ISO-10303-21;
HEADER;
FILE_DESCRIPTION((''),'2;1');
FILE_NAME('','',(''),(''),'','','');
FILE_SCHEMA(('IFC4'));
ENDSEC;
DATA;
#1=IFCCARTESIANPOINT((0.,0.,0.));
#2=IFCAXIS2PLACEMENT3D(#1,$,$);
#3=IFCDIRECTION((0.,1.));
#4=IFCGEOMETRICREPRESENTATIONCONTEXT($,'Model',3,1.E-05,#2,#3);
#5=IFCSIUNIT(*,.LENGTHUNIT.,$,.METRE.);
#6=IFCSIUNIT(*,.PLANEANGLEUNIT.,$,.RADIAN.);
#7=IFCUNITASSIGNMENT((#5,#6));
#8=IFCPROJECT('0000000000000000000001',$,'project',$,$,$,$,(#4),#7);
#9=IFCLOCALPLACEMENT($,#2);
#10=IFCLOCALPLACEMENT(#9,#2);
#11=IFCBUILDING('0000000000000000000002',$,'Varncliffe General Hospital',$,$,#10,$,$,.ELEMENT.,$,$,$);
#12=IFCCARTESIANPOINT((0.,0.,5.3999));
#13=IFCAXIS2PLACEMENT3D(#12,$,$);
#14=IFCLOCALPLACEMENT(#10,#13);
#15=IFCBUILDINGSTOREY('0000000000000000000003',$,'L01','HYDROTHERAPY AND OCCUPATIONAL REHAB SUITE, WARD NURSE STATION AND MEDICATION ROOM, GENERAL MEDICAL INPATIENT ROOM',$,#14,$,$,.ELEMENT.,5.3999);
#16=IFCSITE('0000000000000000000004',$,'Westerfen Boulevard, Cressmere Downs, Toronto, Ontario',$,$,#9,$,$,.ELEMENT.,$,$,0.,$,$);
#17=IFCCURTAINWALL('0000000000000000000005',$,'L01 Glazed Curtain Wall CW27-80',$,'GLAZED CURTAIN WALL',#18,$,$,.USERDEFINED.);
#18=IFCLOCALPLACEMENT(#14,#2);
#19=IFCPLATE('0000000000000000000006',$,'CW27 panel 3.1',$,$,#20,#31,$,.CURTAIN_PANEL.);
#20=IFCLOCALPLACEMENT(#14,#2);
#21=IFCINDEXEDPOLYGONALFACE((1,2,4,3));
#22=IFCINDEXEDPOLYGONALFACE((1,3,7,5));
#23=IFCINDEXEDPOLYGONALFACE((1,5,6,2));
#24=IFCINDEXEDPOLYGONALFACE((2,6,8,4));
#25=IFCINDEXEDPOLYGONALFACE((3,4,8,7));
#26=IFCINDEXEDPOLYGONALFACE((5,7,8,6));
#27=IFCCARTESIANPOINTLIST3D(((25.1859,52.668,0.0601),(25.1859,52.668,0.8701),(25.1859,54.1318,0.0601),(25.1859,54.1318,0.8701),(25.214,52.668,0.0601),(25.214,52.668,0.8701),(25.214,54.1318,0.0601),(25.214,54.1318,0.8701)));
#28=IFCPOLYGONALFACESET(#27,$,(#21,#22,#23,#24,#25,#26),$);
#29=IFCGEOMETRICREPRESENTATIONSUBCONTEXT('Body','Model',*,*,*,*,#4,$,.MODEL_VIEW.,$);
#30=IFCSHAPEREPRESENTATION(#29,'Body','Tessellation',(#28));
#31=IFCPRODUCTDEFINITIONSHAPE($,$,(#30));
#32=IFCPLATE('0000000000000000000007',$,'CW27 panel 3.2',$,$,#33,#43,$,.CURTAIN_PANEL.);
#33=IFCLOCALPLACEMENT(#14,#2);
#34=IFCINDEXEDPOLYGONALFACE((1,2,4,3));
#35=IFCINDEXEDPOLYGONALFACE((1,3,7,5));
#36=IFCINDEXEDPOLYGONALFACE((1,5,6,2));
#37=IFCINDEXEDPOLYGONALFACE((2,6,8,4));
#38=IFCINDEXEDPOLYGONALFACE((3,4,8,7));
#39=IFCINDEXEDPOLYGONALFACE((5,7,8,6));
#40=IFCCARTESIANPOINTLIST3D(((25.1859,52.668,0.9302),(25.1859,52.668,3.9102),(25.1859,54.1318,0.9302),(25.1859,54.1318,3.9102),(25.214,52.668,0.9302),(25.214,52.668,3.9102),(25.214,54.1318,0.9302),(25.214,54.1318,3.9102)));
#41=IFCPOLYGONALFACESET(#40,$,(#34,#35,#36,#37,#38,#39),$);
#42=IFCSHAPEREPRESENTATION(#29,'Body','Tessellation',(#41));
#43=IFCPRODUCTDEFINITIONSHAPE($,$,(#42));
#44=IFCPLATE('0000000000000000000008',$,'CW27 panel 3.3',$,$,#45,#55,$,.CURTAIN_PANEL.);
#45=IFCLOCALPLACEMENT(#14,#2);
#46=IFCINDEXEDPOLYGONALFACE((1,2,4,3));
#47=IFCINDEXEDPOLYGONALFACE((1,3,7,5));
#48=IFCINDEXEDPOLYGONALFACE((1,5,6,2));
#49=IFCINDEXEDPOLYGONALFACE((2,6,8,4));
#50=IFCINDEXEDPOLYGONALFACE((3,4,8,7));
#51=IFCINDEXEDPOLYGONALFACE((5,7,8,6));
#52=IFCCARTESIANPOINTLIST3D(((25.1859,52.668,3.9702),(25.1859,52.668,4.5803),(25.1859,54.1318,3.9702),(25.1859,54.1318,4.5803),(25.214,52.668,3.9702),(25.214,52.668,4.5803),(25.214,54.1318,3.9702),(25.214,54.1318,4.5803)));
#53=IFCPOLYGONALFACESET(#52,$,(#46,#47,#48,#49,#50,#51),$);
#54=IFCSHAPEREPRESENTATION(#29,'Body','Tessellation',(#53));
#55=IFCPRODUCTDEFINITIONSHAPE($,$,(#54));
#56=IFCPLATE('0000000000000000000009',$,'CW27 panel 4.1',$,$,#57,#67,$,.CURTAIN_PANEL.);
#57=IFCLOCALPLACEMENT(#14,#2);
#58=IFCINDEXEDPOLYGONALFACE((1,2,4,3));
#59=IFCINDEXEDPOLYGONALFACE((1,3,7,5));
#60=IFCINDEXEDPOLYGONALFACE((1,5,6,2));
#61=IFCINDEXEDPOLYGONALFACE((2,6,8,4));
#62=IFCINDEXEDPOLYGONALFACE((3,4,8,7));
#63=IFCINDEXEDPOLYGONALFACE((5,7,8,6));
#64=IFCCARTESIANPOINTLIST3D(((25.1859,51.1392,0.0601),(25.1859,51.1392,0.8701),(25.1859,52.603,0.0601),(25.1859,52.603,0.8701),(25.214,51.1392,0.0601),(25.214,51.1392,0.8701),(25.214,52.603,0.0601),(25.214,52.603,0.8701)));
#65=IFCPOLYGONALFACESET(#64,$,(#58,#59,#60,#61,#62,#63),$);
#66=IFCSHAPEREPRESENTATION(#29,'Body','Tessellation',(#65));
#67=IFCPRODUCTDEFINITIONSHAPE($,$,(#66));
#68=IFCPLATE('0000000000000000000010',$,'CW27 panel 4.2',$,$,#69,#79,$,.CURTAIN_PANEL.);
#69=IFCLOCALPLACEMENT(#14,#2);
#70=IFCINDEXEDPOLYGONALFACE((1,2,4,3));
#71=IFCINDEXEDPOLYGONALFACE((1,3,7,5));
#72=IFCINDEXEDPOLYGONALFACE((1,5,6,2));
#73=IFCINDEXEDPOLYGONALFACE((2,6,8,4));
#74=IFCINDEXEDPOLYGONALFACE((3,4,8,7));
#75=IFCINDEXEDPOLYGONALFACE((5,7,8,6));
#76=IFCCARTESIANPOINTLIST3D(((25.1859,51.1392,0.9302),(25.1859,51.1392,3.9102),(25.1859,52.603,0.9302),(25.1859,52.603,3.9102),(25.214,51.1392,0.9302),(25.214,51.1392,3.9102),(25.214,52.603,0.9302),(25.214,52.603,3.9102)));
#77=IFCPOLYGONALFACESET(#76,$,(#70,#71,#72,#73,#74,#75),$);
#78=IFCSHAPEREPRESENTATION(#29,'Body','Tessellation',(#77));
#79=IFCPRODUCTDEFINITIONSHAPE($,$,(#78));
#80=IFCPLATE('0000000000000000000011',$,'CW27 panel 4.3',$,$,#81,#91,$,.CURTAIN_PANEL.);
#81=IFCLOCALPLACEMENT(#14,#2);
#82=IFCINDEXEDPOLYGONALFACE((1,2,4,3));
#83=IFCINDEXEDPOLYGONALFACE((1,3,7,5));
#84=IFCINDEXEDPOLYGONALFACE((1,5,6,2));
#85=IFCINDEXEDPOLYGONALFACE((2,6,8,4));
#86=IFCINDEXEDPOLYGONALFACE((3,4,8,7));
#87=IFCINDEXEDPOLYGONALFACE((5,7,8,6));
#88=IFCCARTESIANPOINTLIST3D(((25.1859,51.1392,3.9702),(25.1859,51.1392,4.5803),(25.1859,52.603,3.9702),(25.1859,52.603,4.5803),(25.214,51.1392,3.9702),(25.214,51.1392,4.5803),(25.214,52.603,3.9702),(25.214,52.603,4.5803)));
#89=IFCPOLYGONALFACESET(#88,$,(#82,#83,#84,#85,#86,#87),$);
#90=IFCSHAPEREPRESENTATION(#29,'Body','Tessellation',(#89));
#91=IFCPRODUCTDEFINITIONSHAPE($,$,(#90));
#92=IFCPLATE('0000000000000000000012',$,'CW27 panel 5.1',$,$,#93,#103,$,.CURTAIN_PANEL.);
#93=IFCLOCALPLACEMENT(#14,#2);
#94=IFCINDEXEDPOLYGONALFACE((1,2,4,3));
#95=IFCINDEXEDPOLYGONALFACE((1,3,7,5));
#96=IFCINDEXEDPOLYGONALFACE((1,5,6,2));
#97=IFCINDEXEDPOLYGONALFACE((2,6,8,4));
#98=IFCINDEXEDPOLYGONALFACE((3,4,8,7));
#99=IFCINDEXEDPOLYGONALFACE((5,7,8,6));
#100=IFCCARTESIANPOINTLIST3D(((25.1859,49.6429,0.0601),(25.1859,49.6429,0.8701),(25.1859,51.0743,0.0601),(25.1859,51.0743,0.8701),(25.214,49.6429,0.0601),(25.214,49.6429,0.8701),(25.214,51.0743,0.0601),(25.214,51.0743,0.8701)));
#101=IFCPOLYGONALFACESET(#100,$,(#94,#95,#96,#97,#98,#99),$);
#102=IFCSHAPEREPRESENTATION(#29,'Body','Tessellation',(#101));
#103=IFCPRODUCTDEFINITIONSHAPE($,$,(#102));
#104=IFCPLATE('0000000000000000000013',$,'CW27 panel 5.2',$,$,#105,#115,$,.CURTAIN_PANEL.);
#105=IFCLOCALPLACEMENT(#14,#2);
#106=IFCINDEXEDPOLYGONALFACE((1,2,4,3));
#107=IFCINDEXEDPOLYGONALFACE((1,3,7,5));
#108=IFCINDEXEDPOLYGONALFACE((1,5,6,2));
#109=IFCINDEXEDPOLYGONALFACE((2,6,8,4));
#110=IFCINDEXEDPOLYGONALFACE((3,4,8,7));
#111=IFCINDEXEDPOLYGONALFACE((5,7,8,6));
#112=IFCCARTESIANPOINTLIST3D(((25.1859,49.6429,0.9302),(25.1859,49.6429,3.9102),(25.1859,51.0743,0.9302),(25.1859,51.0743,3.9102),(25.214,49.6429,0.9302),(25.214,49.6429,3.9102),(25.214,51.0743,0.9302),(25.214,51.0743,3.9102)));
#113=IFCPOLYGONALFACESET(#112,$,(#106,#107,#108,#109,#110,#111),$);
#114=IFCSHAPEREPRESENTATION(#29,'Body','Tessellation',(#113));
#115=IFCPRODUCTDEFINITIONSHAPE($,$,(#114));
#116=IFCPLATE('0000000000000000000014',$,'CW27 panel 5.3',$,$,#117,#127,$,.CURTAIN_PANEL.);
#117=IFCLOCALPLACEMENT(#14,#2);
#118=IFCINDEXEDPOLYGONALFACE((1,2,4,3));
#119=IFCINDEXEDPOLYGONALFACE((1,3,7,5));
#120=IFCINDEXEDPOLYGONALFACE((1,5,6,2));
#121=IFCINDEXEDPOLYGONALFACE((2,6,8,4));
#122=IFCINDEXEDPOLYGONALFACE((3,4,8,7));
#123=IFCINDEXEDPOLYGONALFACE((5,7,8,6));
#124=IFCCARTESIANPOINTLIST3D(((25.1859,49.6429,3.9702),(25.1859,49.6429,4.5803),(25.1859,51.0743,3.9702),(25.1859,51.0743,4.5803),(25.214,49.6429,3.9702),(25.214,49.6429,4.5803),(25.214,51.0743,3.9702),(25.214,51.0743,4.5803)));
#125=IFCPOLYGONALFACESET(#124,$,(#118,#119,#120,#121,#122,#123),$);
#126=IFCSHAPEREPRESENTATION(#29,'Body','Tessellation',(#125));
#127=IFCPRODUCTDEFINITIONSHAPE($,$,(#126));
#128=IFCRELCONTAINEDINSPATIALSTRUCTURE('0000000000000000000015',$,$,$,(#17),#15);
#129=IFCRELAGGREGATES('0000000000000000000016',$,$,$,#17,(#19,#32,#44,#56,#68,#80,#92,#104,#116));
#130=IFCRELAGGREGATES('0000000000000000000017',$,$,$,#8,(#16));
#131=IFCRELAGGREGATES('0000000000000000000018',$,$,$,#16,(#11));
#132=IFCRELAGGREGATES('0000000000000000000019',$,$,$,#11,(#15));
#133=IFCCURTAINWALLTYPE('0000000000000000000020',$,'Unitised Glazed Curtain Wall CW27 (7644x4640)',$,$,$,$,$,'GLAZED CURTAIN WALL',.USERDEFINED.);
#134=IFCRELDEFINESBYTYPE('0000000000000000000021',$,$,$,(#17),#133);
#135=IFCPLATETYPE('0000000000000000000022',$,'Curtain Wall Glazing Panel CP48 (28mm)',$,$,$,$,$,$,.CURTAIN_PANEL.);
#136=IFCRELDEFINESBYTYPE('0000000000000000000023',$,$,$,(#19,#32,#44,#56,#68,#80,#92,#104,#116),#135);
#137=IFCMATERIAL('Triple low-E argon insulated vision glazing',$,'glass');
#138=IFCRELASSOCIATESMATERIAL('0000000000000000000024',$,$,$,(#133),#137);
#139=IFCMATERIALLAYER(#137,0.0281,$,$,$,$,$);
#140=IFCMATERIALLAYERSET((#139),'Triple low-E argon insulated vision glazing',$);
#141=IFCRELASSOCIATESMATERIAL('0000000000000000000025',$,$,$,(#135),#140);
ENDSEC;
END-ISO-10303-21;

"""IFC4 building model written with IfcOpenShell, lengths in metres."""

from ifc_helpers import new_model, si_unit, direction, frame, origin, origin_2d, place, context, subcontext, project, spatial, rectangle, extrude, material, layer, layer_set, type_object, element, aggregate, save


model = new_model("IFC4")

# Units and contexts
model_context = context("Model", 3, precision=1e-05, world=origin(), true_north=direction((0.0, 1.0)))
body_context = subcontext(model_context, "Body", "Model", "MODEL_VIEW")
ifc_project = project(units=[si_unit("LENGTHUNIT", "METRE"), si_unit("PLANEANGLEUNIT", "RADIAN")], contexts=[model_context])

# Site, building, storey
site_placement = place(None, origin())
site = spatial("IfcSite", under=ifc_project, at=site_placement, Name="Westerfen Boulevard, Cressmere Downs, Toronto, Ontario", CompositionType="ELEMENT", RefElevation=0.0)
building_placement = place(site_placement, origin())
building = spatial("IfcBuilding", under=site, at=building_placement, Name="Varncliffe General Hospital", CompositionType="ELEMENT")
storey_placement = place(building_placement, frame((0.0, 0.0, 5.3999)))
storey = spatial("IfcBuildingStorey", under=building, at=storey_placement, Name="L01", Description="HYDROTHERAPY AND OCCUPATIONAL REHAB SUITE, WARD NURSE STATION AND MEDICATION ROOM, GENERAL MEDICAL INPATIENT ROOM", CompositionType="ELEMENT", Elevation=5.3999)

# Curtain wall, plates
ifc_material_1 = material(Name="Triple low-E argon insulated vision glazing", Category="glass")
curtain_wall_type = type_object("IfcCurtainWallType", Name="Unitised Glazed Curtain Wall CW27 (7644x4640)", ElementType="GLAZED CURTAIN WALL", PredefinedType="USERDEFINED", material=ifc_material_1)
curtain_wall_placement = place(storey_placement, origin())
curtain_wall = element("IfcCurtainWall", 1, at=curtain_wall_placement, inside=storey, type_object=curtain_wall_type, Name="L01 Glazed Curtain Wall CW27-80", ObjectType="GLAZED CURTAIN WALL", PredefinedType="USERDEFINED")
ifc_layer = layer(ifc_material_1, 0.0281)
ifc_layer_set = layer_set([ifc_layer], Name="Triple low-E argon insulated vision glazing")
plate_type = type_object("IfcPlateType", Name="Curtain Wall Glazing Panel CP48 (28mm)", PredefinedType="CURTAIN_PANEL", material=ifc_layer_set)
plate_1_placement = place(storey_placement, frame((25.2, 53.3999, 0.0601), z_axis=(0.0, 0.0, 1.0), x_axis=(0.0, -1.0, 0.0)))
plate_1 = element("IfcPlate", 2, at=plate_1_placement, type_object=plate_type, Name="CW27 panel 3.1", PredefinedType="CURTAIN_PANEL", context=body_context, shape_type="SweptSolid", body=[
    extrude(rectangle(XDim=1.4639, YDim=0.0281, at=origin_2d()), origin(), (0.0, 0.0, 1.0), 0.8101),
])
plate_2_placement = place(storey_placement, frame((25.2, 53.3999, 0.9302), z_axis=(0.0, 0.0, 1.0), x_axis=(0.0, -1.0, 0.0)))
plate_2 = element("IfcPlate", 3, at=plate_2_placement, type_object=plate_type, Name="CW27 panel 3.2", PredefinedType="CURTAIN_PANEL", context=body_context, shape_type="SweptSolid", body=[
    extrude(rectangle(XDim=1.4639, YDim=0.0281, at=origin_2d()), origin(), (0.0, 0.0, 1.0), 2.98),
])
plate_3_placement = place(storey_placement, frame((25.2, 53.3999, 3.9702), z_axis=(0.0, 0.0, 1.0), x_axis=(0.0, -1.0, 0.0)))
plate_3 = element("IfcPlate", 4, at=plate_3_placement, type_object=plate_type, Name="CW27 panel 3.3", PredefinedType="CURTAIN_PANEL", context=body_context, shape_type="SweptSolid", body=[
    extrude(rectangle(XDim=1.4639, YDim=0.0281, at=origin_2d()), origin(), (0.0, 0.0, 1.0), 0.6101),
])
plate_4_placement = place(storey_placement, frame((25.2, 51.8711, 0.0601), z_axis=(0.0, 0.0, 1.0), x_axis=(0.0, -1.0, 0.0)))
plate_4 = element("IfcPlate", 5, at=plate_4_placement, type_object=plate_type, Name="CW27 panel 4.1", PredefinedType="CURTAIN_PANEL", context=body_context, shape_type="SweptSolid", body=[
    extrude(rectangle(XDim=1.4639, YDim=0.0281, at=origin_2d()), origin(), (0.0, 0.0, 1.0), 0.8101),
])
plate_5_placement = place(storey_placement, frame((25.2, 51.8711, 0.9302), z_axis=(0.0, 0.0, 1.0), x_axis=(0.0, -1.0, 0.0)))
plate_5 = element("IfcPlate", 6, at=plate_5_placement, type_object=plate_type, Name="CW27 panel 4.2", PredefinedType="CURTAIN_PANEL", context=body_context, shape_type="SweptSolid", body=[
    extrude(rectangle(XDim=1.4639, YDim=0.0281, at=origin_2d()), origin(), (0.0, 0.0, 1.0), 2.98),
])
plate_6_placement = place(storey_placement, frame((25.2, 51.8711, 3.9702), z_axis=(0.0, 0.0, 1.0), x_axis=(0.0, -1.0, 0.0)))
plate_6 = element("IfcPlate", 7, at=plate_6_placement, type_object=plate_type, Name="CW27 panel 4.3", PredefinedType="CURTAIN_PANEL", context=body_context, shape_type="SweptSolid", body=[
    extrude(rectangle(XDim=1.4639, YDim=0.0281, at=origin_2d()), origin(), (0.0, 0.0, 1.0), 0.6101),
])
plate_7_placement = place(storey_placement, frame((25.2, 50.3586, 0.0601), z_axis=(0.0, 0.0, 1.0), x_axis=(0.0, -1.0, 0.0)))
plate_7 = element("IfcPlate", 8, at=plate_7_placement, type_object=plate_type, Name="CW27 panel 5.1", PredefinedType="CURTAIN_PANEL", context=body_context, shape_type="SweptSolid", body=[
    extrude(rectangle(XDim=1.4314, YDim=0.0281, at=origin_2d()), origin(), (0.0, 0.0, 1.0), 0.8101),
])
plate_8_placement = place(storey_placement, frame((25.2, 50.3586, 0.9302), z_axis=(0.0, 0.0, 1.0), x_axis=(0.0, -1.0, 0.0)))
plate_8 = element("IfcPlate", 9, at=plate_8_placement, type_object=plate_type, Name="CW27 panel 5.2", PredefinedType="CURTAIN_PANEL", context=body_context, shape_type="SweptSolid", body=[
    extrude(rectangle(XDim=1.4314, YDim=0.0281, at=origin_2d()), origin(), (0.0, 0.0, 1.0), 2.98),
])
plate_9_placement = place(storey_placement, frame((25.2, 50.3586, 3.9702), z_axis=(0.0, 0.0, 1.0), x_axis=(0.0, -1.0, 0.0)))
plate_9 = element("IfcPlate", 10, at=plate_9_placement, type_object=plate_type, Name="CW27 panel 5.3", PredefinedType="CURTAIN_PANEL", context=body_context, shape_type="SweptSolid", body=[
    extrude(rectangle(XDim=1.4314, YDim=0.0281, at=origin_2d()), origin(), (0.0, 0.0, 1.0), 0.6101),
])
aggregate(curtain_wall, [plate_1, plate_2, plate_3, plate_4, plate_5, plate_6, plate_7, plate_8, plate_9])

save(model, "model.ifc")
